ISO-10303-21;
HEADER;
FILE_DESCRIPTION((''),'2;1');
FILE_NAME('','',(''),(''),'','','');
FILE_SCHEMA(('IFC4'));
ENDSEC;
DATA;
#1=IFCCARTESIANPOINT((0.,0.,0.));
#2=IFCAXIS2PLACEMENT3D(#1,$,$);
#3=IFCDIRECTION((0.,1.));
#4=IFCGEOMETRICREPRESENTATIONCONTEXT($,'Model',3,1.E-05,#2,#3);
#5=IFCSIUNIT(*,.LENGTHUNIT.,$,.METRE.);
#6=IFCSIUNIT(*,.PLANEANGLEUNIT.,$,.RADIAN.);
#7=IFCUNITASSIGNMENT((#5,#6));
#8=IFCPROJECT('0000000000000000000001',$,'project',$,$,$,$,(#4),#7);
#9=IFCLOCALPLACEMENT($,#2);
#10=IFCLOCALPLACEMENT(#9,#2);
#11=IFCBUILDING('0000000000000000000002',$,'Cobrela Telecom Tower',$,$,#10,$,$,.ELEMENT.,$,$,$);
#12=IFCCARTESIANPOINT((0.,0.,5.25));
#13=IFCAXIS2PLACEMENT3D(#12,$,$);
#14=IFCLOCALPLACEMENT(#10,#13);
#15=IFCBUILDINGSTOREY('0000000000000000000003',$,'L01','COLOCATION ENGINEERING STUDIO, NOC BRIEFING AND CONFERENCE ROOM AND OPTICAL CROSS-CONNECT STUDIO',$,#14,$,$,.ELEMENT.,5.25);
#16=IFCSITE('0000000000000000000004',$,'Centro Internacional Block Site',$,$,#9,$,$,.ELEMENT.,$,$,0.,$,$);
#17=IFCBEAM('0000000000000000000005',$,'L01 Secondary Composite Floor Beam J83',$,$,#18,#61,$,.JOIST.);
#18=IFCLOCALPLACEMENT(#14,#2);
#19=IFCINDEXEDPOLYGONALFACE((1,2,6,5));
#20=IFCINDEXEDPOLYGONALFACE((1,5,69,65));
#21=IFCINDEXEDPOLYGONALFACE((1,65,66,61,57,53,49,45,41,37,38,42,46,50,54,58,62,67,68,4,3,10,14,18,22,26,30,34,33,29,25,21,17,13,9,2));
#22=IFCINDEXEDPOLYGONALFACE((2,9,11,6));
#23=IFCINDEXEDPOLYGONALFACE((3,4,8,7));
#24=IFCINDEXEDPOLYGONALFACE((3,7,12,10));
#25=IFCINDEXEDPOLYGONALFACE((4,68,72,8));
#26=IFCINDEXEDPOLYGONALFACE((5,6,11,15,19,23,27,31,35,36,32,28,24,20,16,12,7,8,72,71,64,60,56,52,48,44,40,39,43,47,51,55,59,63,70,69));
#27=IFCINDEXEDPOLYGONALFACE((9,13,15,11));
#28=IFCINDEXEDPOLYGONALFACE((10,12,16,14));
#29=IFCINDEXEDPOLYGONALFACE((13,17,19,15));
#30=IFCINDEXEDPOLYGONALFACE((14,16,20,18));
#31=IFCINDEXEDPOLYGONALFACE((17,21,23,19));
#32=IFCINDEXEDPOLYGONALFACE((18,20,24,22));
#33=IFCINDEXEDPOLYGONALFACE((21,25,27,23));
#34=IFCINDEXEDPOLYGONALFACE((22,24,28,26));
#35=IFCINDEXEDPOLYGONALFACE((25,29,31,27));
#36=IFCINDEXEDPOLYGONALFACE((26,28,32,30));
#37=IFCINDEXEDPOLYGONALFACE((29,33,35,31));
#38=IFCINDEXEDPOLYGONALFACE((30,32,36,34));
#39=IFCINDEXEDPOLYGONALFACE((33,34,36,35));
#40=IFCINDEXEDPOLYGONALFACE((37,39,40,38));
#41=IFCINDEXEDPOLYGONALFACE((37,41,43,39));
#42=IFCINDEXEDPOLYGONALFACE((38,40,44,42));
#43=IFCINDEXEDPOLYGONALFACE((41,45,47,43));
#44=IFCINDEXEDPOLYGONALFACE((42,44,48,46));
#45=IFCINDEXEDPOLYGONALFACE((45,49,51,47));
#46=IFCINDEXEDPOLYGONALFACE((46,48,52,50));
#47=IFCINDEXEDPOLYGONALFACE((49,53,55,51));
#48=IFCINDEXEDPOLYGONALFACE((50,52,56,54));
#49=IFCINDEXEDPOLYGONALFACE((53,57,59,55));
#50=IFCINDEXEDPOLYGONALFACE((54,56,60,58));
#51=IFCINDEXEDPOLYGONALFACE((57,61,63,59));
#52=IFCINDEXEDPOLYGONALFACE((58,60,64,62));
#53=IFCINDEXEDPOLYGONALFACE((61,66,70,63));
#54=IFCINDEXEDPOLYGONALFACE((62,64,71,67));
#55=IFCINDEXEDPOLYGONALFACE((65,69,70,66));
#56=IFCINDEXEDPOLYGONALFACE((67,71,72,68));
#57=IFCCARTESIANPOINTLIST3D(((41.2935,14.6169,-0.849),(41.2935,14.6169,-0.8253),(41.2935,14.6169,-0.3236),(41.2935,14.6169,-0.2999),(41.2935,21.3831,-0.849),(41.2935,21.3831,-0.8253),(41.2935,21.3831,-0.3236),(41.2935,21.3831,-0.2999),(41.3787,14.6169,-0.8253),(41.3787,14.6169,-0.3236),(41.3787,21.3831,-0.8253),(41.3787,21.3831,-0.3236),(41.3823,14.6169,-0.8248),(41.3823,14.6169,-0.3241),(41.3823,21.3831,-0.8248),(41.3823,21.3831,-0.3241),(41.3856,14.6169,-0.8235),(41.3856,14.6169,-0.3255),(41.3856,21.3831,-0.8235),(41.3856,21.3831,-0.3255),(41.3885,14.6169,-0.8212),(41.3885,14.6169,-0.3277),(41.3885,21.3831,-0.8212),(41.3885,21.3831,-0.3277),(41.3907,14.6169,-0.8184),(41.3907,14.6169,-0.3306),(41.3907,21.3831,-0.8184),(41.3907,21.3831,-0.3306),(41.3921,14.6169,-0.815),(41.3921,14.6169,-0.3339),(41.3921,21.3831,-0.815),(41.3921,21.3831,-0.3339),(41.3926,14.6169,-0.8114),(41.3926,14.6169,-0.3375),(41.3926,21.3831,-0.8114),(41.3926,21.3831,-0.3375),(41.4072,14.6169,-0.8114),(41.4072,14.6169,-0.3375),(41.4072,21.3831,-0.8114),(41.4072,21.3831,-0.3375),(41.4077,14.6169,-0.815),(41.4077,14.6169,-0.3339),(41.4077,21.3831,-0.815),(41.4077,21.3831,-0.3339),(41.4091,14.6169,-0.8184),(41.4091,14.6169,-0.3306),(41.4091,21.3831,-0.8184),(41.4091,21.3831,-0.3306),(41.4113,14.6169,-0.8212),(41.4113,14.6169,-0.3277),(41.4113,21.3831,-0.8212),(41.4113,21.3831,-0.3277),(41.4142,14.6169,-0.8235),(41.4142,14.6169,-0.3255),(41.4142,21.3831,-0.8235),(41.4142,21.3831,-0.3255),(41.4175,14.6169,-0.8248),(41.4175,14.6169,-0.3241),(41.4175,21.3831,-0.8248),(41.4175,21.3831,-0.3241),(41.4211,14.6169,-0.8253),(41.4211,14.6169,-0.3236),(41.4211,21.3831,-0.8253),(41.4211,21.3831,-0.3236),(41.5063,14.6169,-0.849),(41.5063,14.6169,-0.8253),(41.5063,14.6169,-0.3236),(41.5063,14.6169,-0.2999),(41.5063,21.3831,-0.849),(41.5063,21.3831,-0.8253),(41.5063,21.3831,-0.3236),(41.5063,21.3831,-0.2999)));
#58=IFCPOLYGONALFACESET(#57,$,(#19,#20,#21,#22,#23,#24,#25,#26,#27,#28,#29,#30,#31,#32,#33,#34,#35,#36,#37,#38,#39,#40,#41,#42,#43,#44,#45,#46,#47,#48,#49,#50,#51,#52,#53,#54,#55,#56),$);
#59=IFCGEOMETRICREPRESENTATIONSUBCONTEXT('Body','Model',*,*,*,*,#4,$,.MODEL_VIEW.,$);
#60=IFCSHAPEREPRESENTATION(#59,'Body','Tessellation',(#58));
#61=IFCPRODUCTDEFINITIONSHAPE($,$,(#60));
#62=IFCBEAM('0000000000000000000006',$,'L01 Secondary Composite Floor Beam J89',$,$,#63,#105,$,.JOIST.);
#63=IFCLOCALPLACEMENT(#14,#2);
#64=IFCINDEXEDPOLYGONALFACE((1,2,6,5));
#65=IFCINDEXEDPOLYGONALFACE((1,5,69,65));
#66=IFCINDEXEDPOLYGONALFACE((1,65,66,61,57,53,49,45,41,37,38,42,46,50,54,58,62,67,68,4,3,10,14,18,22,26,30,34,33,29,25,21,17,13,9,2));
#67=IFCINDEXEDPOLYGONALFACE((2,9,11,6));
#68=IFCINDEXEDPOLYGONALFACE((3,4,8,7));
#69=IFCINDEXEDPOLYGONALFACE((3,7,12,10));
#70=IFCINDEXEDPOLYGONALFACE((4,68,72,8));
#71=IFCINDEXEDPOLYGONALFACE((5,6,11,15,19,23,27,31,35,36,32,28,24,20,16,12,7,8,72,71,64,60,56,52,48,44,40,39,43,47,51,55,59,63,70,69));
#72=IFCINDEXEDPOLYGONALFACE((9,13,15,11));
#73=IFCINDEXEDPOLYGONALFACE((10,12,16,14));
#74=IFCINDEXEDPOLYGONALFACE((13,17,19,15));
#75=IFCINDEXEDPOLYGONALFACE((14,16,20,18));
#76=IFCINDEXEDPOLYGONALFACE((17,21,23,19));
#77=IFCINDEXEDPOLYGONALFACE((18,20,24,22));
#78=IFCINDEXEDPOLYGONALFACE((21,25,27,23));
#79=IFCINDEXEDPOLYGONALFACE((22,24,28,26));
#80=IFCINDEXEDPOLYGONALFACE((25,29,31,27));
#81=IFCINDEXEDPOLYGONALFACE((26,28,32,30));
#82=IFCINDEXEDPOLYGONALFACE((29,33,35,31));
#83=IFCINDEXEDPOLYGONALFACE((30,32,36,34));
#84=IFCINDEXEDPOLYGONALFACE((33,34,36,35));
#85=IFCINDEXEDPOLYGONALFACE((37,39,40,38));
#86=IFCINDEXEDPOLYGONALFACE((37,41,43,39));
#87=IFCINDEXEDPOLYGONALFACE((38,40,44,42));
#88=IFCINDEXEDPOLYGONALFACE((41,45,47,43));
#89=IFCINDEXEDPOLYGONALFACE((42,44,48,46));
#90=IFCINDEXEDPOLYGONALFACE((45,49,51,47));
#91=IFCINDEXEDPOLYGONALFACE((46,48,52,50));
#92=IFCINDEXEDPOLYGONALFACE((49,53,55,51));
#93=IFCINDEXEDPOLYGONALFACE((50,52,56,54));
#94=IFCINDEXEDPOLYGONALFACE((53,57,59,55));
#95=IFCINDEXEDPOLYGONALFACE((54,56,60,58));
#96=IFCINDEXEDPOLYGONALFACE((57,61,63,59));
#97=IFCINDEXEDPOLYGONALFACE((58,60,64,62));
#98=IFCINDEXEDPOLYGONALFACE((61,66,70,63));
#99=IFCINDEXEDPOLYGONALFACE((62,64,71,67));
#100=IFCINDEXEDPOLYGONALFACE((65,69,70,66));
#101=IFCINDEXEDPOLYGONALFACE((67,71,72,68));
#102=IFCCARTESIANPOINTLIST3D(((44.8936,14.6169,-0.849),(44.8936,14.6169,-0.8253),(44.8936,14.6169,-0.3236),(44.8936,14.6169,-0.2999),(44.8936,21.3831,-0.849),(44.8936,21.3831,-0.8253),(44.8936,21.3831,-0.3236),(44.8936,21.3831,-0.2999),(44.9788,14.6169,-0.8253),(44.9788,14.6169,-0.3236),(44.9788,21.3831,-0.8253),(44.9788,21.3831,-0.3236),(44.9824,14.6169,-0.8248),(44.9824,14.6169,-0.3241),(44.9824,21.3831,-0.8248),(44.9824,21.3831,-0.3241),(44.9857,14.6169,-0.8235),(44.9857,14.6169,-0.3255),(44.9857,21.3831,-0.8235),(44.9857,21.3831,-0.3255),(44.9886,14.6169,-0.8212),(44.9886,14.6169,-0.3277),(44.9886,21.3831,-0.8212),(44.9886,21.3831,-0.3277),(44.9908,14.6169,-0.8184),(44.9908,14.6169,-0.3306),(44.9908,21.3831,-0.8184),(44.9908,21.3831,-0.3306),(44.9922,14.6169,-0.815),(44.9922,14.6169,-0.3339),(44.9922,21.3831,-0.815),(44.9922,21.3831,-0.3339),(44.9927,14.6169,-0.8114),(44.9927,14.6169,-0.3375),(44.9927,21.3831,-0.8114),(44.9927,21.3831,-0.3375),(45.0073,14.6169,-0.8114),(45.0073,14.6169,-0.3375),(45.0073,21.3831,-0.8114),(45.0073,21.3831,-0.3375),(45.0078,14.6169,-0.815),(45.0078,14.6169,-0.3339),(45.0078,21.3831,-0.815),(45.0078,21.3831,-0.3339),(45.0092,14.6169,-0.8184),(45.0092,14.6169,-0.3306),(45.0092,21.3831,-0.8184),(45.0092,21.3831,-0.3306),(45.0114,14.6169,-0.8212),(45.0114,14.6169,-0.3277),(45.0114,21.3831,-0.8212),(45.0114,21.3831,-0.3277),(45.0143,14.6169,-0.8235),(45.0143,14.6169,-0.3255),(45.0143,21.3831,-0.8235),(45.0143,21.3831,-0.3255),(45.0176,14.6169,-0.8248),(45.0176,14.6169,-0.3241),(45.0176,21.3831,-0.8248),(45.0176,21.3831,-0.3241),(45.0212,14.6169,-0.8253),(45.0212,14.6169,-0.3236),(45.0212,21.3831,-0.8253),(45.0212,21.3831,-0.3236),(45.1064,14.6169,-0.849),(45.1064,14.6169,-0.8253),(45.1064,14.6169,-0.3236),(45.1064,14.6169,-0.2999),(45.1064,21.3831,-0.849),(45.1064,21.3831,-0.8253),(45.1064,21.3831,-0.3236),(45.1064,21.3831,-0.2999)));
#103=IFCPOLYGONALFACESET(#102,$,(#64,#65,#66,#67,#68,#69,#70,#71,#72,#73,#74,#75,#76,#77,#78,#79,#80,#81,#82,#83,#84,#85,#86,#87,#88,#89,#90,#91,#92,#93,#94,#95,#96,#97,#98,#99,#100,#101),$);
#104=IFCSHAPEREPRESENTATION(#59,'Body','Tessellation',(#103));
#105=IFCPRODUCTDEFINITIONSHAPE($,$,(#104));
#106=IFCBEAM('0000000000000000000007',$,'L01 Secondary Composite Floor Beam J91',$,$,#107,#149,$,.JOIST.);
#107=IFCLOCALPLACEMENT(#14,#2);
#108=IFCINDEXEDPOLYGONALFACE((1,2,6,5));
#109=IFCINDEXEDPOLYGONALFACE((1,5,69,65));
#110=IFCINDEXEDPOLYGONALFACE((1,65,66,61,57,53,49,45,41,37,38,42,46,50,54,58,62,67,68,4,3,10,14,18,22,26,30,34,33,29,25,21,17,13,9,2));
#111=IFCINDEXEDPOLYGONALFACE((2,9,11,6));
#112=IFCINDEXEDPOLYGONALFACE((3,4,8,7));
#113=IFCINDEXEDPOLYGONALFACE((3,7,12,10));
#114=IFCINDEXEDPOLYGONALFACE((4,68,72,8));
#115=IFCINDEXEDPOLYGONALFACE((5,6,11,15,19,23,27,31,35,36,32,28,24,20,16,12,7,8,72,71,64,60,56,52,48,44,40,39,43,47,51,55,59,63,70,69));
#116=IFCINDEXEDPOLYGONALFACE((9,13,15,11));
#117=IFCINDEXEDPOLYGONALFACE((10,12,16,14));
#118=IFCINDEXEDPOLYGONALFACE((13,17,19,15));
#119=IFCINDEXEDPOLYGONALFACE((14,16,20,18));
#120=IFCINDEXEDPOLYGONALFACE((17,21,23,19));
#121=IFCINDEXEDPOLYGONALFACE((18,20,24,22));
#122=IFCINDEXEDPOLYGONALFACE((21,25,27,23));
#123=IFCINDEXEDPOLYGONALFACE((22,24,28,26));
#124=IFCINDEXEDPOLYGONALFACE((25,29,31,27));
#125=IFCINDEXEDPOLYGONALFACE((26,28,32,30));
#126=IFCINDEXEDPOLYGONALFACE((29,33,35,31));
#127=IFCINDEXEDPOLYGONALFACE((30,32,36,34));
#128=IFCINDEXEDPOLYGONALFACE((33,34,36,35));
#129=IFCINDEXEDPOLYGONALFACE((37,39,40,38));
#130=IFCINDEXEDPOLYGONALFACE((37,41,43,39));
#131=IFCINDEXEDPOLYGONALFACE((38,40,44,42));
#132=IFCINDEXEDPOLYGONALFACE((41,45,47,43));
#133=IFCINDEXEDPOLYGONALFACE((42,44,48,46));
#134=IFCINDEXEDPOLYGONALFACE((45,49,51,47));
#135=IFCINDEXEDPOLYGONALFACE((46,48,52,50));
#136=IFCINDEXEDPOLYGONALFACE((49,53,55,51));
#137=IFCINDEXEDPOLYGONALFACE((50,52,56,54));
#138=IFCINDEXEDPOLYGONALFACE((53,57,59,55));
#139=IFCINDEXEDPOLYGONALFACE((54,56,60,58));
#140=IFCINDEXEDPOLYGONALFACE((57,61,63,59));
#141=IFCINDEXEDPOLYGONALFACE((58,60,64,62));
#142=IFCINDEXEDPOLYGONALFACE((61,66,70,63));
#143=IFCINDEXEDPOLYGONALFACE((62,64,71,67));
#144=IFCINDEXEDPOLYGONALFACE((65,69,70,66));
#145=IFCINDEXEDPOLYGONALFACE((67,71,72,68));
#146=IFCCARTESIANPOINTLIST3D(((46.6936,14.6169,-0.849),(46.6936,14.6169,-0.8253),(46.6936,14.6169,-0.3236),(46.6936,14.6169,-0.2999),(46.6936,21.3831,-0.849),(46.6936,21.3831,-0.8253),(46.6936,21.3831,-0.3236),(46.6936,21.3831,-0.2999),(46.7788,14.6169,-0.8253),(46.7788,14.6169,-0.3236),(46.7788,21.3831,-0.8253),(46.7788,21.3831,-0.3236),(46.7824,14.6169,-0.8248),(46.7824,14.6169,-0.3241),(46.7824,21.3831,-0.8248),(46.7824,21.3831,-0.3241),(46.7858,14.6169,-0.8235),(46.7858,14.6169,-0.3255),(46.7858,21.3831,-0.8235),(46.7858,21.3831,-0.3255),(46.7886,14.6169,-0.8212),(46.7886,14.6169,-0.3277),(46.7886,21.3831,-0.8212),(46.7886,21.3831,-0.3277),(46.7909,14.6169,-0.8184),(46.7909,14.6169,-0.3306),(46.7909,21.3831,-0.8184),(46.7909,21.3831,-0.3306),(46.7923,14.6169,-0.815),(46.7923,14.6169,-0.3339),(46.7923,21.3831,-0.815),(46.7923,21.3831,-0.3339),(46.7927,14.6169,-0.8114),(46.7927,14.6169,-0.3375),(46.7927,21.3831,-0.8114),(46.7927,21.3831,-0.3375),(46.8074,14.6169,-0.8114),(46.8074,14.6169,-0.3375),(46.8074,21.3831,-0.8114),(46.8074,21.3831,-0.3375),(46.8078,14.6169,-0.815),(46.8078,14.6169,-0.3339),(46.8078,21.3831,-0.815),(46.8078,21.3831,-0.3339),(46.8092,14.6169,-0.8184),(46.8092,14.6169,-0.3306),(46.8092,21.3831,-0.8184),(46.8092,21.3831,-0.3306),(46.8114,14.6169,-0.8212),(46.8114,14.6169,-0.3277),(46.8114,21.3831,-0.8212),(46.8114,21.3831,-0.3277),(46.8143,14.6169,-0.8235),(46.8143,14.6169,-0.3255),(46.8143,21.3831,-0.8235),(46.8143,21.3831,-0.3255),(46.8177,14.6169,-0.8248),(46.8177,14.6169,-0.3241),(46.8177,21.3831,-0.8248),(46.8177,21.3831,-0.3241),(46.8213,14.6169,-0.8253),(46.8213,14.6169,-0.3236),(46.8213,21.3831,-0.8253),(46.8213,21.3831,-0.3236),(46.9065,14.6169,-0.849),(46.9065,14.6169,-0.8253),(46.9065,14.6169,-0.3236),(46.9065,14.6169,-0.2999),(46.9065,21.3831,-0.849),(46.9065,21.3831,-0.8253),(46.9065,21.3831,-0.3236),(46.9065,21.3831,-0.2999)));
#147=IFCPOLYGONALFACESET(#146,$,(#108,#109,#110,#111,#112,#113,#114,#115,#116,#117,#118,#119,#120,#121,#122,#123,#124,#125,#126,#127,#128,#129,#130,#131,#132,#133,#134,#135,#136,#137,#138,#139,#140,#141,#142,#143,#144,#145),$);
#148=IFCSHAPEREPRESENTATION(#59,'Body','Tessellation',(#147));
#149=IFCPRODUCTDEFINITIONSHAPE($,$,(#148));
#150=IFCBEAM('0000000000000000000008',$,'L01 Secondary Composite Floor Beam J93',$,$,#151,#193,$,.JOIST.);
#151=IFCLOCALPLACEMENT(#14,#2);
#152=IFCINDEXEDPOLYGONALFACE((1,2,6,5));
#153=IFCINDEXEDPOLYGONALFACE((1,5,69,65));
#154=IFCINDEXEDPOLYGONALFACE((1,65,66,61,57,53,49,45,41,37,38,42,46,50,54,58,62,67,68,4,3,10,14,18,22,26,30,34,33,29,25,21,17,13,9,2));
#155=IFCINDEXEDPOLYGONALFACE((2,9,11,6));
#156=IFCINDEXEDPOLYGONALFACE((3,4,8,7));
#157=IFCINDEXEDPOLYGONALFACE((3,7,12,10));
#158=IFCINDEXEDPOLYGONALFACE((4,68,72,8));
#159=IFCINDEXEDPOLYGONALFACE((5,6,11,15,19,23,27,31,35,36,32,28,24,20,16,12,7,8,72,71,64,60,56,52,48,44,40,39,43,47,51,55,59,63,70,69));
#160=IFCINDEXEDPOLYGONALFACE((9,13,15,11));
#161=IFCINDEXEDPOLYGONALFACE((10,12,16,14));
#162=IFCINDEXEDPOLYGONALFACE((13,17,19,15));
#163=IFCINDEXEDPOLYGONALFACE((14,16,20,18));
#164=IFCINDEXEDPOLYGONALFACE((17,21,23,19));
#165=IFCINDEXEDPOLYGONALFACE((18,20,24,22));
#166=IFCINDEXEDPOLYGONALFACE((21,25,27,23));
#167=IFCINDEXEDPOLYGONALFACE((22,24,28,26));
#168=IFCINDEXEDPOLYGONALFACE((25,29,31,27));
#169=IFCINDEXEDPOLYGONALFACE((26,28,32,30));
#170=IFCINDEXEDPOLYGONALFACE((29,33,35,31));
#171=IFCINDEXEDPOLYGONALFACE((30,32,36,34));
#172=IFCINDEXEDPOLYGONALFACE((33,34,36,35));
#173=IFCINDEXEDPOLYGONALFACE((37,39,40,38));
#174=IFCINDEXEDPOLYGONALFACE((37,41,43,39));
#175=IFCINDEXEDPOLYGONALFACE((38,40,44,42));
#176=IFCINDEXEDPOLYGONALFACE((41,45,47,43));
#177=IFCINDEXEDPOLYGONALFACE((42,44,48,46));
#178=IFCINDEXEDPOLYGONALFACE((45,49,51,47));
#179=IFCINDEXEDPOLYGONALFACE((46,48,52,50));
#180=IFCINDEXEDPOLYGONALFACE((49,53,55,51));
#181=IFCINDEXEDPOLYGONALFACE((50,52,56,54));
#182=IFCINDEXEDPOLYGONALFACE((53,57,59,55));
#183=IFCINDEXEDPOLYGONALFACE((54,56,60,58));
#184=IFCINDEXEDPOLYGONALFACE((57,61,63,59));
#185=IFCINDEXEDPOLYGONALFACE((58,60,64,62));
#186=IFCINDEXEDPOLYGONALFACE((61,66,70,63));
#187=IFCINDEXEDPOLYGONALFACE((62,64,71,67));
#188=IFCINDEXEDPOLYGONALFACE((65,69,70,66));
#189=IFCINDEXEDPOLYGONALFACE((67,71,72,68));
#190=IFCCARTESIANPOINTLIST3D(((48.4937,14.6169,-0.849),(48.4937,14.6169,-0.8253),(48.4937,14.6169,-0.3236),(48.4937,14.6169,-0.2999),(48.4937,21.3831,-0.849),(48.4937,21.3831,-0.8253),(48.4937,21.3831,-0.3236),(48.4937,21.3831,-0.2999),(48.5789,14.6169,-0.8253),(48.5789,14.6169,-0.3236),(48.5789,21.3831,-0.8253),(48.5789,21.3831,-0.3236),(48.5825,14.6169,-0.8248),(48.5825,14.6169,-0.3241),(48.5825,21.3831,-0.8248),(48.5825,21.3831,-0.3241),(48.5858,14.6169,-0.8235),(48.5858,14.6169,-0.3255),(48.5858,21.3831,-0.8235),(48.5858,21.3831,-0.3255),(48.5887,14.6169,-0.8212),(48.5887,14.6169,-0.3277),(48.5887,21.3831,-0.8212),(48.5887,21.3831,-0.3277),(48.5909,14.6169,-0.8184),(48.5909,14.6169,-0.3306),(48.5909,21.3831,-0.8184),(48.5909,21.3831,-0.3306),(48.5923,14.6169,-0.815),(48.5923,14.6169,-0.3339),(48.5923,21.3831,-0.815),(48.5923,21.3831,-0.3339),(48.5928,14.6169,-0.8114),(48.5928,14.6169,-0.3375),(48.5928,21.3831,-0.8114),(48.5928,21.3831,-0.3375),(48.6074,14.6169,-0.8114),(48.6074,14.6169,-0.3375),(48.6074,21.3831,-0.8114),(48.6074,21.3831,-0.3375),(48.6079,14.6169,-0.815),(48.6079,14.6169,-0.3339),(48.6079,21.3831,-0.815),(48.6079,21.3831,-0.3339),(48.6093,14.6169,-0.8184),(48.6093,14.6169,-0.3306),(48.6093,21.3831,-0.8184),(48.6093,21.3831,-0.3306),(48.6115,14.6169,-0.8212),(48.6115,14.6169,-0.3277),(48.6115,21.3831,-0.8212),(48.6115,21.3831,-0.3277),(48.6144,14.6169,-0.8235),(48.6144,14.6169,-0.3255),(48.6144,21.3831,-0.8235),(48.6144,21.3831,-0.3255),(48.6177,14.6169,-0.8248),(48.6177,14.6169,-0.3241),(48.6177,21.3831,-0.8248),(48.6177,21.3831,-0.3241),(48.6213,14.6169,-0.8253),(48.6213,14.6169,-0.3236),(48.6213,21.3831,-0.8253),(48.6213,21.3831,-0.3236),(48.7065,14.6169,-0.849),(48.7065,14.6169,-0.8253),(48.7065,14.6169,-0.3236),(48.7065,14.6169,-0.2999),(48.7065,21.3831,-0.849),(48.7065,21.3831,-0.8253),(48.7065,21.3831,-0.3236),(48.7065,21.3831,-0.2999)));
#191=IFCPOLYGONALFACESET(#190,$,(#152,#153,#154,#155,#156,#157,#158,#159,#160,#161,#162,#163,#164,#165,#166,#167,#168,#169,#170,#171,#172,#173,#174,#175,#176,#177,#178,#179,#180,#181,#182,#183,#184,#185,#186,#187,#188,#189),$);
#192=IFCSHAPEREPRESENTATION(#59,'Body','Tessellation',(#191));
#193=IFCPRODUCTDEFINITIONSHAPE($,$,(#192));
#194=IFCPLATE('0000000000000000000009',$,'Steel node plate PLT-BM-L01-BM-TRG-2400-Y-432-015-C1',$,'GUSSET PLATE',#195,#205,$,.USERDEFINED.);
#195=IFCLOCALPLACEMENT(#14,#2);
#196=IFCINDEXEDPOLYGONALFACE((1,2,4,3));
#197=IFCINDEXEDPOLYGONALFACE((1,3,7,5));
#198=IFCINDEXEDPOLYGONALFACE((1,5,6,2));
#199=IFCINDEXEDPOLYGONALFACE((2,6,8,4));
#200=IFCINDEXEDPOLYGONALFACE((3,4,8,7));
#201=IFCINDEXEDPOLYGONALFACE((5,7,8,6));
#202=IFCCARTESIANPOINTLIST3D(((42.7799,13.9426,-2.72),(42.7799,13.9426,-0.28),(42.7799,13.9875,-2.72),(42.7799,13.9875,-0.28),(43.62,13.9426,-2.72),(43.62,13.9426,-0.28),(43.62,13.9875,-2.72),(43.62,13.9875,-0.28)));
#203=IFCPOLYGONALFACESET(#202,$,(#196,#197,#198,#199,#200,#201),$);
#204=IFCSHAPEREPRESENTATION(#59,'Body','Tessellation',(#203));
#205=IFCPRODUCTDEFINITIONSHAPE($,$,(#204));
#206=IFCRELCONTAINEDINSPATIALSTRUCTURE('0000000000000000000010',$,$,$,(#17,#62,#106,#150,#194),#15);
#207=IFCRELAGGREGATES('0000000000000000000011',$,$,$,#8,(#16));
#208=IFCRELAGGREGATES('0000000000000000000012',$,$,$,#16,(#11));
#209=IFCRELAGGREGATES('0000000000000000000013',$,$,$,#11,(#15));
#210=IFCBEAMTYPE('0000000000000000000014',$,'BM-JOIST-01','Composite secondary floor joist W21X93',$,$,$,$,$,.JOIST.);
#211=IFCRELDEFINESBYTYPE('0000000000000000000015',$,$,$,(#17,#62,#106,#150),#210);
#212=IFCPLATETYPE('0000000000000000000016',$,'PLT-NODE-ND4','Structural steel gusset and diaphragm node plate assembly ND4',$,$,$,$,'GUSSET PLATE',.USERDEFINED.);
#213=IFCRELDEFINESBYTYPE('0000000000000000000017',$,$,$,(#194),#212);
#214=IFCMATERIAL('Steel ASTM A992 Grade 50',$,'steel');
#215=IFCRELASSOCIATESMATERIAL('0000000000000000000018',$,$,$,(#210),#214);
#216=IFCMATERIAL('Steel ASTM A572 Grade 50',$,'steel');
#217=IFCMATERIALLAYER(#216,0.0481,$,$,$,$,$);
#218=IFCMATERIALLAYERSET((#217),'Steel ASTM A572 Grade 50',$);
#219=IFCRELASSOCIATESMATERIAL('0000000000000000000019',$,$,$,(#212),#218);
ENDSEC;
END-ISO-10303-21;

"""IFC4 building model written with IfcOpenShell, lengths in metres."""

from ifc_helpers import new_model, si_unit, direction, frame, origin, origin_2d, place, context, subcontext, project, spatial, rectangle, i_section, extrude, material, layer, layer_set, material_profile, profile_set, type_object, element, save


model = new_model("IFC4")

# Units and contexts
model_context = context("Model", 3, precision=1e-05, world=origin(), true_north=direction((0.0, 1.0)))
body_context = subcontext(model_context, "Body", "Model", "MODEL_VIEW")
ifc_project = project(units=[si_unit("LENGTHUNIT", "METRE"), si_unit("PLANEANGLEUNIT", "RADIAN")], contexts=[model_context])

# Site, building, storey
site_placement = place(None, origin())
site = spatial("IfcSite", under=ifc_project, at=site_placement, Name="Centro Internacional Block Site", CompositionType="ELEMENT", RefElevation=0.0)
building_placement = place(site_placement, origin())
building = spatial("IfcBuilding", under=site, at=building_placement, Name="Cobrela Telecom Tower", CompositionType="ELEMENT")
storey_placement = place(building_placement, frame((0.0, 0.0, 5.25)))
storey = spatial("IfcBuildingStorey", under=building, at=storey_placement, Name="L01", Description="COLOCATION ENGINEERING STUDIO, NOC BRIEFING AND CONFERENCE ROOM AND OPTICAL CROSS-CONNECT STUDIO", CompositionType="ELEMENT", Elevation=5.25)

# Shared definitions
ifc_material_1 = material(Name="Steel ASTM A572 Grade 50", Category="steel")

# Beams
ifc_material_2 = material(Name="Steel ASTM A992 Grade 50", Category="steel")
ifc_material_profile_1 = material_profile(ifc_material_2, i_section(OverallWidth=0.2129, OverallDepth=0.5491, WebThickness=0.0146, FlangeThickness=0.0237, FilletRadius=0.0139, at=origin_2d()), Name="W21X93")
ifc_profile_set_1 = profile_set([ifc_material_profile_1], Name="Steel ASTM A992 Grade 50")
beam_type_1 = type_object("IfcBeamType", Name="BM-JOIST-01", Description="Composite secondary floor joist W21X93", PredefinedType="JOIST", material=ifc_profile_set_1)
for number, where, z_axis, x_axis, name in (
    (1, (41.3999, 14.6169, -0.5745), (0.0, 1.0, 0.0), (-1.0, 0.0, 0.0), "L01 Secondary Composite Floor Beam J83"),
    (2, (45.0, 14.6169, -0.5745), (0.0, 1.0, 0.0), (-1.0, 0.0, 0.0), "L01 Secondary Composite Floor Beam J89"),
    (3, (46.8, 14.6169, -0.5745), (0.0, 1.0, 0.0), (-1.0, 0.0, 0.0), "L01 Secondary Composite Floor Beam J91"),
    (4, (48.6001, 14.6169, -0.5745), (0.0, 1.0, 0.0), (-1.0, 0.0, 0.0), "L01 Secondary Composite Floor Beam J93"),
):
    element("IfcBeam", number, at=place(storey_placement, frame(where, z_axis=z_axis, x_axis=x_axis)), inside=storey, type_object=beam_type_1, Name=name, PredefinedType="JOIST", context=body_context, shape_type="SweptSolid", body=[
        extrude(i_section(OverallWidth=0.2129, OverallDepth=0.5491, WebThickness=0.0146, FlangeThickness=0.0237, FilletRadius=0.0139, at=origin_2d()), origin(), (0.0, 0.0, 1.0), 6.7661),
    ])

# Plate
ifc_layer_1 = layer(ifc_material_1, 0.0481)
ifc_layer_set_1 = layer_set([ifc_layer_1], Name="Steel ASTM A572 Grade 50")
plate_type = type_object("IfcPlateType", Name="PLT-NODE-ND4", Description="Structural steel gusset and diaphragm node plate assembly ND4", ElementType="GUSSET PLATE", PredefinedType="USERDEFINED", material=ifc_layer_set_1)
for number, where, z_axis, x_axis, name in (
    (5, (43.2, 13.9651, -2.72), (0.0, 0.0, 1.0), (0.0, 1.0, 0.0), "Steel node plate PLT-BM-L01-BM-TRG-2400-Y-432-015-C1"),
):
    element("IfcPlate", number, at=place(storey_placement, frame(where, z_axis=z_axis, x_axis=x_axis)), inside=storey, type_object=plate_type, Name=name, ObjectType="GUSSET PLATE", PredefinedType="USERDEFINED", context=body_context, shape_type="SweptSolid", body=[
        extrude(rectangle(XDim=0.0449, YDim=0.8401, at=origin_2d()), origin(), (0.0, 0.0, 1.0), 2.4399),
    ])

save(model, "model.ifc")
